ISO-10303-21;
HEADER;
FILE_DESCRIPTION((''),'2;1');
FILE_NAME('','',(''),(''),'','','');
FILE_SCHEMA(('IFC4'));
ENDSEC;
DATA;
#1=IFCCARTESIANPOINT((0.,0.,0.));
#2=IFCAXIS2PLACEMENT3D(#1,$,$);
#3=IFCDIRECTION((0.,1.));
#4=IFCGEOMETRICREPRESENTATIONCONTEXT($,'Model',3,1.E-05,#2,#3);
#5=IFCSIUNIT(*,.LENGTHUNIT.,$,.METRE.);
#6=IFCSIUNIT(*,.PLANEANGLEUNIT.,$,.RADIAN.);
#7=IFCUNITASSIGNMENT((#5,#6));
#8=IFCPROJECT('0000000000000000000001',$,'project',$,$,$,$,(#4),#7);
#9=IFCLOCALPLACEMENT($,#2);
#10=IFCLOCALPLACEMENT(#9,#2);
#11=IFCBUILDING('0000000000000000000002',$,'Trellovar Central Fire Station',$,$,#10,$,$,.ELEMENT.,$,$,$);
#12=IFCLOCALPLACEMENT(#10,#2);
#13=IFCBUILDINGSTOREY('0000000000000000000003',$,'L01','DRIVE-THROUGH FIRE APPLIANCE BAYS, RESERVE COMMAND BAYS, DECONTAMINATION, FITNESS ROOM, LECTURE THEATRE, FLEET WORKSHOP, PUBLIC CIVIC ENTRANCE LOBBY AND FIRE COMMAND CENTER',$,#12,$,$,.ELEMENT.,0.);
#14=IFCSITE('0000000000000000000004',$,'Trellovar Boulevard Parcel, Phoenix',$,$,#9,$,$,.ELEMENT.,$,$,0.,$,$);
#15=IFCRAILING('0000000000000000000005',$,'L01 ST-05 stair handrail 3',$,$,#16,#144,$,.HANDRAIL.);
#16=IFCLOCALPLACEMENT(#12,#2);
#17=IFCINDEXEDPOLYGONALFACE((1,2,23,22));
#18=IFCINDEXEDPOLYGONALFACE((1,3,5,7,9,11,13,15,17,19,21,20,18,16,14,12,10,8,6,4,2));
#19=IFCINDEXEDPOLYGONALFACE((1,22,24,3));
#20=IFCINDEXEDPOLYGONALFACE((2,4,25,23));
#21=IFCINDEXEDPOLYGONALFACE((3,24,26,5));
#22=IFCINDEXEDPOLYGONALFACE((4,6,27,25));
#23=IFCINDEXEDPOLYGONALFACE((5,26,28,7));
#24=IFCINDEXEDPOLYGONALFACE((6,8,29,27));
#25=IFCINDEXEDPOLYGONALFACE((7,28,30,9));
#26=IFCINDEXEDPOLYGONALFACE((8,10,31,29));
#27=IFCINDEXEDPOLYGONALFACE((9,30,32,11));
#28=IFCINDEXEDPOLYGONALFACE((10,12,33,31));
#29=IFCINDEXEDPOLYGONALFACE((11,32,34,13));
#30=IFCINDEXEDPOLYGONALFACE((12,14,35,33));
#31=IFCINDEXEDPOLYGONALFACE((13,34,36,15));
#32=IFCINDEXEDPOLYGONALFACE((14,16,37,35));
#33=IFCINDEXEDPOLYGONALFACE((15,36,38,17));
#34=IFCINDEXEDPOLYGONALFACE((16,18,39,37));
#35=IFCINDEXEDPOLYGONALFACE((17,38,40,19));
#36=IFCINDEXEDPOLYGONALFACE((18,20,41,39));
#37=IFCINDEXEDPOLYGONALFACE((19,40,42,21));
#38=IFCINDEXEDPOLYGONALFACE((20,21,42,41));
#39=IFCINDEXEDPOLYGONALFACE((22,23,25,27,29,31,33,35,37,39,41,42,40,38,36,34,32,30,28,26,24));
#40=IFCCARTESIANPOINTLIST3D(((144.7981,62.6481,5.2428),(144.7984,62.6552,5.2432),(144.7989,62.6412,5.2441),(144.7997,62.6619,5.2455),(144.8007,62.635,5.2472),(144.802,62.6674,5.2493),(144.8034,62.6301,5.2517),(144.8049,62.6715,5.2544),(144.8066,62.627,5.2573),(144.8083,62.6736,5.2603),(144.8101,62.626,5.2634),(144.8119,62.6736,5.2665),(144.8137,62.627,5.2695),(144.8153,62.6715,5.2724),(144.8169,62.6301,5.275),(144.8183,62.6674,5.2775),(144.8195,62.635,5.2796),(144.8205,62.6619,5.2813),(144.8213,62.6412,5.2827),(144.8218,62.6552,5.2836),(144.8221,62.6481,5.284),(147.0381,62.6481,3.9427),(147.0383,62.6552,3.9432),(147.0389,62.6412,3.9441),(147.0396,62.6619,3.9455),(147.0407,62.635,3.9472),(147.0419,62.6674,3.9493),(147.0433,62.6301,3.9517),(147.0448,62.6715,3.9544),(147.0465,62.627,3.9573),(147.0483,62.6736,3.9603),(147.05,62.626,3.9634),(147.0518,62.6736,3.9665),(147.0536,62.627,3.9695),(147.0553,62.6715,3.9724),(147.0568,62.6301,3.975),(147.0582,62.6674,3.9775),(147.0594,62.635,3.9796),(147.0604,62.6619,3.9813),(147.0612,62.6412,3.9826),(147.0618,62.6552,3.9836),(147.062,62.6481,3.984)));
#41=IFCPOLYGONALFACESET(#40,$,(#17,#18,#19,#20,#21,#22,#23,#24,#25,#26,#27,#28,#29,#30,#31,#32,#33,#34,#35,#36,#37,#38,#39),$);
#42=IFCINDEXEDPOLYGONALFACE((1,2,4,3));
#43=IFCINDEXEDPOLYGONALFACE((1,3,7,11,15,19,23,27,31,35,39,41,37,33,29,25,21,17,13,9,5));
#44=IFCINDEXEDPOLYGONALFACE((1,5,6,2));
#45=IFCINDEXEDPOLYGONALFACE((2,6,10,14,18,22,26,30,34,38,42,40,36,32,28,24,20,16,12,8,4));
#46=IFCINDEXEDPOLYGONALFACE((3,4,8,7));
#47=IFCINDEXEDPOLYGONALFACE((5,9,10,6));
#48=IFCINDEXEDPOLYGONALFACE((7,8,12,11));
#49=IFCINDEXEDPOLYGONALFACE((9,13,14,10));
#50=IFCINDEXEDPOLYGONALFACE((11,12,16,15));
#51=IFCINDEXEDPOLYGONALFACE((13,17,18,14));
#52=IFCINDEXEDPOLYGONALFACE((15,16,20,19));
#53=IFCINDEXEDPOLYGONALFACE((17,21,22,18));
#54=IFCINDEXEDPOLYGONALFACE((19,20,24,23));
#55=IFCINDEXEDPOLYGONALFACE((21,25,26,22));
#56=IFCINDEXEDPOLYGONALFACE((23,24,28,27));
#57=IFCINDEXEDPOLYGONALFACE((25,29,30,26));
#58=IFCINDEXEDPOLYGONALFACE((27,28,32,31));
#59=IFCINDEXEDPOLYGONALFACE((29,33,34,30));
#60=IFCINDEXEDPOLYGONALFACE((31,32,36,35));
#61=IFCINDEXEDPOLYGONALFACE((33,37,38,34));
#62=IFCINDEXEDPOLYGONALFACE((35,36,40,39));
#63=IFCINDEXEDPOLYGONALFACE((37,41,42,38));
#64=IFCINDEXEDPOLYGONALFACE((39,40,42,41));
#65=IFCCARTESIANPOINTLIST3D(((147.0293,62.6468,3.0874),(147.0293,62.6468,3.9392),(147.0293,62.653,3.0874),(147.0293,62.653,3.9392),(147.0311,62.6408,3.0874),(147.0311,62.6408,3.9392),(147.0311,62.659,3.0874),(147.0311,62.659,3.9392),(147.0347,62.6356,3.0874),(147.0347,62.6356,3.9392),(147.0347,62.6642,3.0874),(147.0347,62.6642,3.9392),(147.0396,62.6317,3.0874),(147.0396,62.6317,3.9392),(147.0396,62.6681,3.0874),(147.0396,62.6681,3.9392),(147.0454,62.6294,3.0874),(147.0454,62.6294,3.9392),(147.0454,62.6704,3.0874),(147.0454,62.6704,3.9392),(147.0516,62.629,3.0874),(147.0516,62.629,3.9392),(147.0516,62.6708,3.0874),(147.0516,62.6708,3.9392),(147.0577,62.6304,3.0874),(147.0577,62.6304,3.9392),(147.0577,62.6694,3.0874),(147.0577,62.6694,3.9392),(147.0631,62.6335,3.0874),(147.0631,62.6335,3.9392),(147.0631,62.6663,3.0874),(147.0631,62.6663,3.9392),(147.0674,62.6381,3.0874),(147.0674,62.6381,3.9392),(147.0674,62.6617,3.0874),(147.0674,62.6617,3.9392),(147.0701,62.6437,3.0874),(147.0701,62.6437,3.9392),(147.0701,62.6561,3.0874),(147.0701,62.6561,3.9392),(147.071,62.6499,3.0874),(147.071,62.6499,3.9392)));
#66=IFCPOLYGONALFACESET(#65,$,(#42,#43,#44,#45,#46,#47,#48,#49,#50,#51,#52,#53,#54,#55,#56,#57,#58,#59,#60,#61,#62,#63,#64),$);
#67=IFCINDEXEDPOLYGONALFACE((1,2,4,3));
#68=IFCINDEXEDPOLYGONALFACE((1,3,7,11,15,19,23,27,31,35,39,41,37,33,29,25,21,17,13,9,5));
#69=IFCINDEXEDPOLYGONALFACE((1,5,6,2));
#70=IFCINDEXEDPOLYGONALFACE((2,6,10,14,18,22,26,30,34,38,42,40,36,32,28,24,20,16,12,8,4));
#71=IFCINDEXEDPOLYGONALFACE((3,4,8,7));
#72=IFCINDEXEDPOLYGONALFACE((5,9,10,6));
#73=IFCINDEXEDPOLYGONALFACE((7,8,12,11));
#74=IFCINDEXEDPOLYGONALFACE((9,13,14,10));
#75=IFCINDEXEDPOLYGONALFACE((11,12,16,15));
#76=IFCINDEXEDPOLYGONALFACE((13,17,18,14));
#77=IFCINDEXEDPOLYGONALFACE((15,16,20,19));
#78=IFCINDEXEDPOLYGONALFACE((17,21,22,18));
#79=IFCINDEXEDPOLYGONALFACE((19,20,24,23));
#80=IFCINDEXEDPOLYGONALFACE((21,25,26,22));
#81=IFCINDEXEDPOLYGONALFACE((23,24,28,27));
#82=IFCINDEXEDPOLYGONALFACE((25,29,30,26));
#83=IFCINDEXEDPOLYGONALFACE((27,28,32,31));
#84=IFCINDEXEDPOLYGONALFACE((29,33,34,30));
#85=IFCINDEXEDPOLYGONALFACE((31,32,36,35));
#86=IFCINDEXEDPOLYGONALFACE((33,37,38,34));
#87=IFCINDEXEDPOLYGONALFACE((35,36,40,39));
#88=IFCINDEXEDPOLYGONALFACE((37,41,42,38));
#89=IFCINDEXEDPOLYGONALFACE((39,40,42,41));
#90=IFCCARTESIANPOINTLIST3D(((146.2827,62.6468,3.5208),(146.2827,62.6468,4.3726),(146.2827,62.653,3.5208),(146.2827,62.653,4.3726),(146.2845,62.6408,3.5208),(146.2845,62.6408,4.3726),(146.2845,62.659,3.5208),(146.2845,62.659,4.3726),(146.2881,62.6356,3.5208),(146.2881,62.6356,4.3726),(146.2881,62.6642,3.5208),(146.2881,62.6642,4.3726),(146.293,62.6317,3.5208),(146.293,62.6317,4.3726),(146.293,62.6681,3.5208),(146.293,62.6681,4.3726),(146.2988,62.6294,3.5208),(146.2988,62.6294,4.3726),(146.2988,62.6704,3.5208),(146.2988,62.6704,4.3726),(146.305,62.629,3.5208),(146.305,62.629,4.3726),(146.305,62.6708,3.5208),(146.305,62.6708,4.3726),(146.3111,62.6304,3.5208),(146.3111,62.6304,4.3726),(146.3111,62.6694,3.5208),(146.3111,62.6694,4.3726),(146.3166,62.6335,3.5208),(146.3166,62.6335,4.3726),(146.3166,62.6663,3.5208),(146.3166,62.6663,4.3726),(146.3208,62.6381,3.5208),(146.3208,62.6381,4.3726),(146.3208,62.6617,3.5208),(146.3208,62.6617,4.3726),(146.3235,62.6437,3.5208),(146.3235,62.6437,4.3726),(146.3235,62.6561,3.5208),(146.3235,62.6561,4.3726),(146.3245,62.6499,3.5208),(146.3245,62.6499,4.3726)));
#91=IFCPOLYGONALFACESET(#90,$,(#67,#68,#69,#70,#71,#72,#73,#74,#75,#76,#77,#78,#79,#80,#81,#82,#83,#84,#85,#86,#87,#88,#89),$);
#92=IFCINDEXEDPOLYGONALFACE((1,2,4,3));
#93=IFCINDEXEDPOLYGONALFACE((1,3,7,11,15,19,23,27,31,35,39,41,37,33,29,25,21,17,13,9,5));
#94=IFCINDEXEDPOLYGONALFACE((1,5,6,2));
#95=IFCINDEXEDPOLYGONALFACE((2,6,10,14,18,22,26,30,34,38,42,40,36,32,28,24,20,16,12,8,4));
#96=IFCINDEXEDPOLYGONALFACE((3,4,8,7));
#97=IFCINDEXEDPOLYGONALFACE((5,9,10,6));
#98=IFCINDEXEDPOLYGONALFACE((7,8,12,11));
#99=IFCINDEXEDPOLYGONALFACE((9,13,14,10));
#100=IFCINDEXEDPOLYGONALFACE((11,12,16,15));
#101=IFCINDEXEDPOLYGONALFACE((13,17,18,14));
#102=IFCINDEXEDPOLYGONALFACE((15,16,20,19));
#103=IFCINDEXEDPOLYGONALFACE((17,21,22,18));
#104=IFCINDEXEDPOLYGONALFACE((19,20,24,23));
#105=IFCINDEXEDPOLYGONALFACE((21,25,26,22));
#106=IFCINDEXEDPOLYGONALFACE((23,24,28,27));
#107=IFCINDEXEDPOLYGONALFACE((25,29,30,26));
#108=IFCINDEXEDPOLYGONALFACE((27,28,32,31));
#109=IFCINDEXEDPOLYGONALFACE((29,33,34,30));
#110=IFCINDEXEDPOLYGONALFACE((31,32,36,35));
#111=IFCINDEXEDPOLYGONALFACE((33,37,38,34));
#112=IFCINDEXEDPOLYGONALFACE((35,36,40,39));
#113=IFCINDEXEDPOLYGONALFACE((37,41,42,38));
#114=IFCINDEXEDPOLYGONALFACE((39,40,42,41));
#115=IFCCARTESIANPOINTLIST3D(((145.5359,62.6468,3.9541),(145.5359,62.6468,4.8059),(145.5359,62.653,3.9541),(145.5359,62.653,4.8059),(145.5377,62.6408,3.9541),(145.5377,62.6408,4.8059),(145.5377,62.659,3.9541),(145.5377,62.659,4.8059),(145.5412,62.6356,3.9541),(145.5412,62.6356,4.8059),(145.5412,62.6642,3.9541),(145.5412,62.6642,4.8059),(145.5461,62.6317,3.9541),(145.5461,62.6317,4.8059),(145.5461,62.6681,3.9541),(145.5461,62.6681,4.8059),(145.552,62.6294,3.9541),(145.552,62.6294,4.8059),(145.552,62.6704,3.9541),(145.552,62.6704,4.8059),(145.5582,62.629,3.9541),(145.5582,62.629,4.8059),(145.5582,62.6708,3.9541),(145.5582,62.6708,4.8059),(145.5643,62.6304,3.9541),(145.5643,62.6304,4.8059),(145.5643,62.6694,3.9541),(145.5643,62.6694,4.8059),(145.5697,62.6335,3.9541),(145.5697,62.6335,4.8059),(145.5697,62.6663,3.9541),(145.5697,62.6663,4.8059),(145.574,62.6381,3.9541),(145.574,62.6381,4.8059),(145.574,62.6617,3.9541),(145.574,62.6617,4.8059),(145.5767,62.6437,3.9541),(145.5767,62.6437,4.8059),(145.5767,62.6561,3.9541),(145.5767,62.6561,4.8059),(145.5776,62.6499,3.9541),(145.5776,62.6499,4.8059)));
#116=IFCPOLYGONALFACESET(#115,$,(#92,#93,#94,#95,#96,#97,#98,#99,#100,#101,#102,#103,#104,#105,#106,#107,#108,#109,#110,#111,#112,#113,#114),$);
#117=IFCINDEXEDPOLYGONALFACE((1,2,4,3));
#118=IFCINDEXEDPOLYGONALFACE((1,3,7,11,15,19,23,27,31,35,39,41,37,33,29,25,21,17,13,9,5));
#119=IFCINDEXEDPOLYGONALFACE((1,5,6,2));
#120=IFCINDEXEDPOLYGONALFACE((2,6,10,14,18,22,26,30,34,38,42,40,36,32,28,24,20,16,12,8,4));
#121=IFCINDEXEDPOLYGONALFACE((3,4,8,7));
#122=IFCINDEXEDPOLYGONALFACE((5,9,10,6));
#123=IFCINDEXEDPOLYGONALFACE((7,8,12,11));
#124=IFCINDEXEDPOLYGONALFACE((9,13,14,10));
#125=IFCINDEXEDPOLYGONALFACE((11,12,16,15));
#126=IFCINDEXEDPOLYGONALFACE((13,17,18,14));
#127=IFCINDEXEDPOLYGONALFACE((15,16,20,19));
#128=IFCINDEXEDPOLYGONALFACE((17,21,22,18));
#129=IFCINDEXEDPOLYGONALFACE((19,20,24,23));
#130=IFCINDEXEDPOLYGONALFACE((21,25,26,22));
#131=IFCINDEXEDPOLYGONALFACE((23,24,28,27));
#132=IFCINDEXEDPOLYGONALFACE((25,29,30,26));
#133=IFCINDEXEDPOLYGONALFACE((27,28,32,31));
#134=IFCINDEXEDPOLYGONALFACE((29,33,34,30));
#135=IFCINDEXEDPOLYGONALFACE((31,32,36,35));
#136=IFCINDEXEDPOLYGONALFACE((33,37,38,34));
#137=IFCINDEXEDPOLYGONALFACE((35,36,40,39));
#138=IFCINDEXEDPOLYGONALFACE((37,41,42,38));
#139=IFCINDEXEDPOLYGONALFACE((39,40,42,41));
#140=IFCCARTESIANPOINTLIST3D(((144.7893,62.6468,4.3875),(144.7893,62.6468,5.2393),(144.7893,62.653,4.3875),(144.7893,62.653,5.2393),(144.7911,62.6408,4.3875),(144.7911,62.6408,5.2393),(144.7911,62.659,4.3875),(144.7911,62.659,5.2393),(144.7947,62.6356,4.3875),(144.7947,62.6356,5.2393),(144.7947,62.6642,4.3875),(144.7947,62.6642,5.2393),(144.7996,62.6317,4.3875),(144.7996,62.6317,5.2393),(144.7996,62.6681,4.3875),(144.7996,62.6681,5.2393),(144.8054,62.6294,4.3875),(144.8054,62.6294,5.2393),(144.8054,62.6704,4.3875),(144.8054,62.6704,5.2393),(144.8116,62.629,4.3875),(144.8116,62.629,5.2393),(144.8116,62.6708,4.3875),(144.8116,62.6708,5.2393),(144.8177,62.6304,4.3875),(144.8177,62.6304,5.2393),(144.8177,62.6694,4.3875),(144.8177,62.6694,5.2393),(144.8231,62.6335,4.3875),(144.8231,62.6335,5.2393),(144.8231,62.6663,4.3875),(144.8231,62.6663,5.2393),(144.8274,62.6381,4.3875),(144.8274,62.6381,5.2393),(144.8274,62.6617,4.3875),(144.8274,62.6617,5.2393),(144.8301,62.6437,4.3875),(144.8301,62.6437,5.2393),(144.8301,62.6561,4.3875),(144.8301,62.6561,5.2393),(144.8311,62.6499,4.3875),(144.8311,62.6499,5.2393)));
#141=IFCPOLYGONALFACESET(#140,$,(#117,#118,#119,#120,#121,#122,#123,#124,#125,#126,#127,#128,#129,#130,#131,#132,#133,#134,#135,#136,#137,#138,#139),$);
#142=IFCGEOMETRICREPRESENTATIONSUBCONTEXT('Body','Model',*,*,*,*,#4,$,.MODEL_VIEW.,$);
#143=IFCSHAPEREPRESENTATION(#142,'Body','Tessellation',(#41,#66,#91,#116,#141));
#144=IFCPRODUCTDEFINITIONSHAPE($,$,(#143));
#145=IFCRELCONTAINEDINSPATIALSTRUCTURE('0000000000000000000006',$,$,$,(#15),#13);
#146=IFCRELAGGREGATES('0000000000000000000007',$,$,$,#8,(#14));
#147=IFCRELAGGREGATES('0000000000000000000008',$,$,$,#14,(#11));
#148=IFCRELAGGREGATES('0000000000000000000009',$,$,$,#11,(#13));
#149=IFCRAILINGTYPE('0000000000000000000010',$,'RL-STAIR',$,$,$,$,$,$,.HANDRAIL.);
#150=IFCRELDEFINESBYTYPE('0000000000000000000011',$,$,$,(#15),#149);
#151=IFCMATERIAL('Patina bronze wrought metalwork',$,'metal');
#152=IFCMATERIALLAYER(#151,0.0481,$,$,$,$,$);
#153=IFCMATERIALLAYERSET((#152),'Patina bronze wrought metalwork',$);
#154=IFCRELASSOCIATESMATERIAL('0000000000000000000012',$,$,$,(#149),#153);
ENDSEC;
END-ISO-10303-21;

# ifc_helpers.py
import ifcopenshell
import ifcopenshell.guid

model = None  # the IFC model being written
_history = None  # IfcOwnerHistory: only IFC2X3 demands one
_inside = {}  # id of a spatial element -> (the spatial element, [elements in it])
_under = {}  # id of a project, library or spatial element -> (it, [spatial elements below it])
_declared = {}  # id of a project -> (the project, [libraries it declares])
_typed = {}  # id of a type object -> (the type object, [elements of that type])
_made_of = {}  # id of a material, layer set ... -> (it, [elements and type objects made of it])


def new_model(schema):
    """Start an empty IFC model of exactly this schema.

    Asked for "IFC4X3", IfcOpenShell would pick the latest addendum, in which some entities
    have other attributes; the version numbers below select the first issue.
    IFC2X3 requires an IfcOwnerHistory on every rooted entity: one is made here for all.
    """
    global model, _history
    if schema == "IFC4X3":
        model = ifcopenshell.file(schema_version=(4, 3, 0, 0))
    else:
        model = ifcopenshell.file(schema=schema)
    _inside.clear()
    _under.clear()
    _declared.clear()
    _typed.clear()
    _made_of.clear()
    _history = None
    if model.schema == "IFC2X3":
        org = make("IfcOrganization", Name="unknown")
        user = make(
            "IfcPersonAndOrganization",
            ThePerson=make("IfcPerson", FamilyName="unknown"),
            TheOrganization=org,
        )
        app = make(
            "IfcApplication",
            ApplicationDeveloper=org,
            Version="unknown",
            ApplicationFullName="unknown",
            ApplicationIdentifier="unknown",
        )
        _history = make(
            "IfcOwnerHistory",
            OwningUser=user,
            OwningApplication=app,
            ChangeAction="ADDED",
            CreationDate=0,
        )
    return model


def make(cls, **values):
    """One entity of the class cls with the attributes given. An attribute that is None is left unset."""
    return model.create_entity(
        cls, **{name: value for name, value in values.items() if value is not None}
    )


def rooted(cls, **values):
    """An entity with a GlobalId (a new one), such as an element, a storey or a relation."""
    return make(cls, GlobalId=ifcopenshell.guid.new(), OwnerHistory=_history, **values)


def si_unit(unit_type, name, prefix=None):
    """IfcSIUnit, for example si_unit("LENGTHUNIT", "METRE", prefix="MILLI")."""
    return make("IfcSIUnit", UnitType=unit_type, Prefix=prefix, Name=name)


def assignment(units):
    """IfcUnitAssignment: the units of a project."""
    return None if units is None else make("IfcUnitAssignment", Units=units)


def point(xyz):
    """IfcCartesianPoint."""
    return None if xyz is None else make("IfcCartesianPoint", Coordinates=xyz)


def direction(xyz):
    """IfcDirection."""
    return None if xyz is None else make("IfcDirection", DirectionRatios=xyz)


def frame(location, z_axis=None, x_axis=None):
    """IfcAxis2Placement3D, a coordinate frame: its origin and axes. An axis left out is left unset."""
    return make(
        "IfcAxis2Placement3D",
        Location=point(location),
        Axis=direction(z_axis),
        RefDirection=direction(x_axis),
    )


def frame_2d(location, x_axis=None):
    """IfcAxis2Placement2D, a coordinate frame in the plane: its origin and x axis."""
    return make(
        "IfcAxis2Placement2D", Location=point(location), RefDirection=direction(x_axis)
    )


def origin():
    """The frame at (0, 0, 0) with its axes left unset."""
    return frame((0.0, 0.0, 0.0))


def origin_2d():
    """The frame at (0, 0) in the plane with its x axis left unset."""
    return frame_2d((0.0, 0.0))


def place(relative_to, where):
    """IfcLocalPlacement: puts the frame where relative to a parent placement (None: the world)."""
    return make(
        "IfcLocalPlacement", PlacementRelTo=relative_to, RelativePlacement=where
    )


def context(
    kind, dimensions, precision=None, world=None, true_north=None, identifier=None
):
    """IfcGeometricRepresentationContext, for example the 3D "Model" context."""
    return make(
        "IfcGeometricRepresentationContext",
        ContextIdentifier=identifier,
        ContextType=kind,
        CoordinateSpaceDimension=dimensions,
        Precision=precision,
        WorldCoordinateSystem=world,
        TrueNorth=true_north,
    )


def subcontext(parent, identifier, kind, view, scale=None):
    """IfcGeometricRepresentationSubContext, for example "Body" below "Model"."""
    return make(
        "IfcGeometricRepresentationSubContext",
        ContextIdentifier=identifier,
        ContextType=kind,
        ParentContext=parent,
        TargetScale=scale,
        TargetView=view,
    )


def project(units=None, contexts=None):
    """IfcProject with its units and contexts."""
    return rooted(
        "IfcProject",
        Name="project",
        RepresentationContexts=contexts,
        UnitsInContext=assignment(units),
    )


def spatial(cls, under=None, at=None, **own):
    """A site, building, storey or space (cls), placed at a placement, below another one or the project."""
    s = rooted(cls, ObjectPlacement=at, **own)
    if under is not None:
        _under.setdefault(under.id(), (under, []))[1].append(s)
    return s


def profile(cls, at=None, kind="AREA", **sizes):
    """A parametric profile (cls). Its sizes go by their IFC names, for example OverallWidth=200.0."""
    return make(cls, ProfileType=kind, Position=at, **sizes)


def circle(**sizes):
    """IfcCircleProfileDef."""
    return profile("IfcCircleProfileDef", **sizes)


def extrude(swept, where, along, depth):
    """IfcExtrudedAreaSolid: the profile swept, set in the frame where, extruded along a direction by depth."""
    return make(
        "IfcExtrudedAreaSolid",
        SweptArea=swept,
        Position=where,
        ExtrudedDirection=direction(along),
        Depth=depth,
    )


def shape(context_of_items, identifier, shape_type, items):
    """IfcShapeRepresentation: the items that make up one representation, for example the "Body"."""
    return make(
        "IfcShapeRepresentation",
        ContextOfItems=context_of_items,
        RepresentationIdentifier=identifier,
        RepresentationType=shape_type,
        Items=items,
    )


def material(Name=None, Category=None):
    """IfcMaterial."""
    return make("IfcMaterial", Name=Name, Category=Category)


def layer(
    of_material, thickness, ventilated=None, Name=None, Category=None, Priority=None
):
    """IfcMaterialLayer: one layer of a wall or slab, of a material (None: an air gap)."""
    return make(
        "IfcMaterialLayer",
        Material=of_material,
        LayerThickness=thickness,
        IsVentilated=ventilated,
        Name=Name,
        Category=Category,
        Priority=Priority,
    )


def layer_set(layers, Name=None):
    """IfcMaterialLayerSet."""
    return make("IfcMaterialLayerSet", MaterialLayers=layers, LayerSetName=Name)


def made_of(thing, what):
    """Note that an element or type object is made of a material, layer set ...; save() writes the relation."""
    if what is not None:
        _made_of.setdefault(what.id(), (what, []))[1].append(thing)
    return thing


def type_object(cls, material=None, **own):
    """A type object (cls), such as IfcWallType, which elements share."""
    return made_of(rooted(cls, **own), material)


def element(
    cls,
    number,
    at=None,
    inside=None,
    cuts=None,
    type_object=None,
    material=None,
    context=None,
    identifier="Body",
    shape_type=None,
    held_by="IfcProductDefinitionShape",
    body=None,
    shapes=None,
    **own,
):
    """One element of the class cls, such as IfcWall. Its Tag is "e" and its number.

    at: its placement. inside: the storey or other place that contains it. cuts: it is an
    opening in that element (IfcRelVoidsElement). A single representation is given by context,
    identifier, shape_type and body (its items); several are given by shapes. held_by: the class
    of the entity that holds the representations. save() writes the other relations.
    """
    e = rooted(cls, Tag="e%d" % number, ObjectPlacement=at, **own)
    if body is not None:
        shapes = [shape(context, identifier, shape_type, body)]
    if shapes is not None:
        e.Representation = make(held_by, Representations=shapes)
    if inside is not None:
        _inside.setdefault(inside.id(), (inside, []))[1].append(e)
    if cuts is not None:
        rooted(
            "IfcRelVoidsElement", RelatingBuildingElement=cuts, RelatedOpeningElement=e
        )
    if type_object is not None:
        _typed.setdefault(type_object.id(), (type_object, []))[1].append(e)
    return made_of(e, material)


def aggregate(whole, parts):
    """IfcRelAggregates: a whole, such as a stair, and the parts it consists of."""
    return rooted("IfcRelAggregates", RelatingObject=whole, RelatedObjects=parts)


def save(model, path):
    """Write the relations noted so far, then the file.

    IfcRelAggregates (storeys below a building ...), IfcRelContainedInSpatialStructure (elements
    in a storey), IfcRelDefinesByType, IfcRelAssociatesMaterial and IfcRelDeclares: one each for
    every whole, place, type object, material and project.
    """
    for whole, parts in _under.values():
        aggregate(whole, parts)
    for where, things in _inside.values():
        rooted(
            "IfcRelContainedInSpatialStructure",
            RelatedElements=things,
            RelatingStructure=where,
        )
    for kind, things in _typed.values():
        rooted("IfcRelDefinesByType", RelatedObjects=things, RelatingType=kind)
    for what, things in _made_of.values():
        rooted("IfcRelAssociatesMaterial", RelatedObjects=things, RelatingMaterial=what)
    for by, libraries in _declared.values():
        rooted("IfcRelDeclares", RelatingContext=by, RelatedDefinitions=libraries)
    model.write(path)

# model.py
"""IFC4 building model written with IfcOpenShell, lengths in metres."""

from ifc_helpers import new_model, si_unit, direction, frame, origin, origin_2d, place, context, subcontext, project, spatial, circle, extrude, material, layer, layer_set, type_object, element, save


model = new_model("IFC4")

# Units and contexts
model_context = context("Model", 3, precision=1e-05, world=origin(), true_north=direction((0.0, 1.0)))
body_context = subcontext(model_context, "Body", "Model", "MODEL_VIEW")
ifc_project = project(units=[si_unit("LENGTHUNIT", "METRE"), si_unit("PLANEANGLEUNIT", "RADIAN")], contexts=[model_context])

# Site, building, storey
site_placement = place(None, origin())
site = spatial("IfcSite", under=ifc_project, at=site_placement, Name="Trellovar Boulevard Parcel, Phoenix", CompositionType="ELEMENT", RefElevation=0.0)
building_placement = place(site_placement, origin())
building = spatial("IfcBuilding", under=site, at=building_placement, Name="Trellovar Central Fire Station", CompositionType="ELEMENT")
storey_placement = place(building_placement, origin())
storey = spatial("IfcBuildingStorey", under=building, at=storey_placement, Name="L01", Description="DRIVE-THROUGH FIRE APPLIANCE BAYS, RESERVE COMMAND BAYS, DECONTAMINATION, FITNESS ROOM, LECTURE THEATRE, FLEET WORKSHOP, PUBLIC CIVIC ENTRANCE LOBBY AND FIRE COMMAND CENTER", CompositionType="ELEMENT", Elevation=0.0)

# Railing
ifc_material_1 = material(Name="Patina bronze wrought metalwork", Category="metal")
ifc_layer_1 = layer(ifc_material_1, 0.0481)
ifc_layer_set_1 = layer_set([ifc_layer_1], Name="Patina bronze wrought metalwork")
railing_type_1 = type_object("IfcRailingType", Name="RL-STAIR", PredefinedType="HANDRAIL", material=ifc_layer_set_1)
railing_1_placement = place(storey_placement, frame((147.05, 62.6499, 3.0874)))
element("IfcRailing", 1, at=railing_1_placement, inside=storey, type_object=railing_type_1, Name="L01 ST-05 stair handrail 3", PredefinedType="HANDRAIL", context=body_context, shape_type="SweptSolid", body=[
    extrude(circle(Radius=0.0239, at=origin_2d()), frame((0.0, 0.0, 0.876), z_axis=(-0.864888, 0.0, 0.501965), x_axis=(0.0, -1.0, 0.0)), (0.0, 0.0, 1.0), 2.5898),
    extrude(circle(Radius=0.021, at=origin_2d()), origin(), (0.0, 0.0, 1.0), 0.8518),
    extrude(circle(Radius=0.021, at=origin_2d()), frame((-0.7466, 0.0, 0.4333)), (0.0, 0.0, 1.0), 0.8518),
    extrude(circle(Radius=0.021, at=origin_2d()), frame((-1.4934, 0.0, 0.8667)), (0.0, 0.0, 1.0), 0.8518),
    extrude(circle(Radius=0.021, at=origin_2d()), frame((-2.24, 0.0, 1.3)), (0.0, 0.0, 1.0), 0.8518),
])

save(model, "model.ifc")
